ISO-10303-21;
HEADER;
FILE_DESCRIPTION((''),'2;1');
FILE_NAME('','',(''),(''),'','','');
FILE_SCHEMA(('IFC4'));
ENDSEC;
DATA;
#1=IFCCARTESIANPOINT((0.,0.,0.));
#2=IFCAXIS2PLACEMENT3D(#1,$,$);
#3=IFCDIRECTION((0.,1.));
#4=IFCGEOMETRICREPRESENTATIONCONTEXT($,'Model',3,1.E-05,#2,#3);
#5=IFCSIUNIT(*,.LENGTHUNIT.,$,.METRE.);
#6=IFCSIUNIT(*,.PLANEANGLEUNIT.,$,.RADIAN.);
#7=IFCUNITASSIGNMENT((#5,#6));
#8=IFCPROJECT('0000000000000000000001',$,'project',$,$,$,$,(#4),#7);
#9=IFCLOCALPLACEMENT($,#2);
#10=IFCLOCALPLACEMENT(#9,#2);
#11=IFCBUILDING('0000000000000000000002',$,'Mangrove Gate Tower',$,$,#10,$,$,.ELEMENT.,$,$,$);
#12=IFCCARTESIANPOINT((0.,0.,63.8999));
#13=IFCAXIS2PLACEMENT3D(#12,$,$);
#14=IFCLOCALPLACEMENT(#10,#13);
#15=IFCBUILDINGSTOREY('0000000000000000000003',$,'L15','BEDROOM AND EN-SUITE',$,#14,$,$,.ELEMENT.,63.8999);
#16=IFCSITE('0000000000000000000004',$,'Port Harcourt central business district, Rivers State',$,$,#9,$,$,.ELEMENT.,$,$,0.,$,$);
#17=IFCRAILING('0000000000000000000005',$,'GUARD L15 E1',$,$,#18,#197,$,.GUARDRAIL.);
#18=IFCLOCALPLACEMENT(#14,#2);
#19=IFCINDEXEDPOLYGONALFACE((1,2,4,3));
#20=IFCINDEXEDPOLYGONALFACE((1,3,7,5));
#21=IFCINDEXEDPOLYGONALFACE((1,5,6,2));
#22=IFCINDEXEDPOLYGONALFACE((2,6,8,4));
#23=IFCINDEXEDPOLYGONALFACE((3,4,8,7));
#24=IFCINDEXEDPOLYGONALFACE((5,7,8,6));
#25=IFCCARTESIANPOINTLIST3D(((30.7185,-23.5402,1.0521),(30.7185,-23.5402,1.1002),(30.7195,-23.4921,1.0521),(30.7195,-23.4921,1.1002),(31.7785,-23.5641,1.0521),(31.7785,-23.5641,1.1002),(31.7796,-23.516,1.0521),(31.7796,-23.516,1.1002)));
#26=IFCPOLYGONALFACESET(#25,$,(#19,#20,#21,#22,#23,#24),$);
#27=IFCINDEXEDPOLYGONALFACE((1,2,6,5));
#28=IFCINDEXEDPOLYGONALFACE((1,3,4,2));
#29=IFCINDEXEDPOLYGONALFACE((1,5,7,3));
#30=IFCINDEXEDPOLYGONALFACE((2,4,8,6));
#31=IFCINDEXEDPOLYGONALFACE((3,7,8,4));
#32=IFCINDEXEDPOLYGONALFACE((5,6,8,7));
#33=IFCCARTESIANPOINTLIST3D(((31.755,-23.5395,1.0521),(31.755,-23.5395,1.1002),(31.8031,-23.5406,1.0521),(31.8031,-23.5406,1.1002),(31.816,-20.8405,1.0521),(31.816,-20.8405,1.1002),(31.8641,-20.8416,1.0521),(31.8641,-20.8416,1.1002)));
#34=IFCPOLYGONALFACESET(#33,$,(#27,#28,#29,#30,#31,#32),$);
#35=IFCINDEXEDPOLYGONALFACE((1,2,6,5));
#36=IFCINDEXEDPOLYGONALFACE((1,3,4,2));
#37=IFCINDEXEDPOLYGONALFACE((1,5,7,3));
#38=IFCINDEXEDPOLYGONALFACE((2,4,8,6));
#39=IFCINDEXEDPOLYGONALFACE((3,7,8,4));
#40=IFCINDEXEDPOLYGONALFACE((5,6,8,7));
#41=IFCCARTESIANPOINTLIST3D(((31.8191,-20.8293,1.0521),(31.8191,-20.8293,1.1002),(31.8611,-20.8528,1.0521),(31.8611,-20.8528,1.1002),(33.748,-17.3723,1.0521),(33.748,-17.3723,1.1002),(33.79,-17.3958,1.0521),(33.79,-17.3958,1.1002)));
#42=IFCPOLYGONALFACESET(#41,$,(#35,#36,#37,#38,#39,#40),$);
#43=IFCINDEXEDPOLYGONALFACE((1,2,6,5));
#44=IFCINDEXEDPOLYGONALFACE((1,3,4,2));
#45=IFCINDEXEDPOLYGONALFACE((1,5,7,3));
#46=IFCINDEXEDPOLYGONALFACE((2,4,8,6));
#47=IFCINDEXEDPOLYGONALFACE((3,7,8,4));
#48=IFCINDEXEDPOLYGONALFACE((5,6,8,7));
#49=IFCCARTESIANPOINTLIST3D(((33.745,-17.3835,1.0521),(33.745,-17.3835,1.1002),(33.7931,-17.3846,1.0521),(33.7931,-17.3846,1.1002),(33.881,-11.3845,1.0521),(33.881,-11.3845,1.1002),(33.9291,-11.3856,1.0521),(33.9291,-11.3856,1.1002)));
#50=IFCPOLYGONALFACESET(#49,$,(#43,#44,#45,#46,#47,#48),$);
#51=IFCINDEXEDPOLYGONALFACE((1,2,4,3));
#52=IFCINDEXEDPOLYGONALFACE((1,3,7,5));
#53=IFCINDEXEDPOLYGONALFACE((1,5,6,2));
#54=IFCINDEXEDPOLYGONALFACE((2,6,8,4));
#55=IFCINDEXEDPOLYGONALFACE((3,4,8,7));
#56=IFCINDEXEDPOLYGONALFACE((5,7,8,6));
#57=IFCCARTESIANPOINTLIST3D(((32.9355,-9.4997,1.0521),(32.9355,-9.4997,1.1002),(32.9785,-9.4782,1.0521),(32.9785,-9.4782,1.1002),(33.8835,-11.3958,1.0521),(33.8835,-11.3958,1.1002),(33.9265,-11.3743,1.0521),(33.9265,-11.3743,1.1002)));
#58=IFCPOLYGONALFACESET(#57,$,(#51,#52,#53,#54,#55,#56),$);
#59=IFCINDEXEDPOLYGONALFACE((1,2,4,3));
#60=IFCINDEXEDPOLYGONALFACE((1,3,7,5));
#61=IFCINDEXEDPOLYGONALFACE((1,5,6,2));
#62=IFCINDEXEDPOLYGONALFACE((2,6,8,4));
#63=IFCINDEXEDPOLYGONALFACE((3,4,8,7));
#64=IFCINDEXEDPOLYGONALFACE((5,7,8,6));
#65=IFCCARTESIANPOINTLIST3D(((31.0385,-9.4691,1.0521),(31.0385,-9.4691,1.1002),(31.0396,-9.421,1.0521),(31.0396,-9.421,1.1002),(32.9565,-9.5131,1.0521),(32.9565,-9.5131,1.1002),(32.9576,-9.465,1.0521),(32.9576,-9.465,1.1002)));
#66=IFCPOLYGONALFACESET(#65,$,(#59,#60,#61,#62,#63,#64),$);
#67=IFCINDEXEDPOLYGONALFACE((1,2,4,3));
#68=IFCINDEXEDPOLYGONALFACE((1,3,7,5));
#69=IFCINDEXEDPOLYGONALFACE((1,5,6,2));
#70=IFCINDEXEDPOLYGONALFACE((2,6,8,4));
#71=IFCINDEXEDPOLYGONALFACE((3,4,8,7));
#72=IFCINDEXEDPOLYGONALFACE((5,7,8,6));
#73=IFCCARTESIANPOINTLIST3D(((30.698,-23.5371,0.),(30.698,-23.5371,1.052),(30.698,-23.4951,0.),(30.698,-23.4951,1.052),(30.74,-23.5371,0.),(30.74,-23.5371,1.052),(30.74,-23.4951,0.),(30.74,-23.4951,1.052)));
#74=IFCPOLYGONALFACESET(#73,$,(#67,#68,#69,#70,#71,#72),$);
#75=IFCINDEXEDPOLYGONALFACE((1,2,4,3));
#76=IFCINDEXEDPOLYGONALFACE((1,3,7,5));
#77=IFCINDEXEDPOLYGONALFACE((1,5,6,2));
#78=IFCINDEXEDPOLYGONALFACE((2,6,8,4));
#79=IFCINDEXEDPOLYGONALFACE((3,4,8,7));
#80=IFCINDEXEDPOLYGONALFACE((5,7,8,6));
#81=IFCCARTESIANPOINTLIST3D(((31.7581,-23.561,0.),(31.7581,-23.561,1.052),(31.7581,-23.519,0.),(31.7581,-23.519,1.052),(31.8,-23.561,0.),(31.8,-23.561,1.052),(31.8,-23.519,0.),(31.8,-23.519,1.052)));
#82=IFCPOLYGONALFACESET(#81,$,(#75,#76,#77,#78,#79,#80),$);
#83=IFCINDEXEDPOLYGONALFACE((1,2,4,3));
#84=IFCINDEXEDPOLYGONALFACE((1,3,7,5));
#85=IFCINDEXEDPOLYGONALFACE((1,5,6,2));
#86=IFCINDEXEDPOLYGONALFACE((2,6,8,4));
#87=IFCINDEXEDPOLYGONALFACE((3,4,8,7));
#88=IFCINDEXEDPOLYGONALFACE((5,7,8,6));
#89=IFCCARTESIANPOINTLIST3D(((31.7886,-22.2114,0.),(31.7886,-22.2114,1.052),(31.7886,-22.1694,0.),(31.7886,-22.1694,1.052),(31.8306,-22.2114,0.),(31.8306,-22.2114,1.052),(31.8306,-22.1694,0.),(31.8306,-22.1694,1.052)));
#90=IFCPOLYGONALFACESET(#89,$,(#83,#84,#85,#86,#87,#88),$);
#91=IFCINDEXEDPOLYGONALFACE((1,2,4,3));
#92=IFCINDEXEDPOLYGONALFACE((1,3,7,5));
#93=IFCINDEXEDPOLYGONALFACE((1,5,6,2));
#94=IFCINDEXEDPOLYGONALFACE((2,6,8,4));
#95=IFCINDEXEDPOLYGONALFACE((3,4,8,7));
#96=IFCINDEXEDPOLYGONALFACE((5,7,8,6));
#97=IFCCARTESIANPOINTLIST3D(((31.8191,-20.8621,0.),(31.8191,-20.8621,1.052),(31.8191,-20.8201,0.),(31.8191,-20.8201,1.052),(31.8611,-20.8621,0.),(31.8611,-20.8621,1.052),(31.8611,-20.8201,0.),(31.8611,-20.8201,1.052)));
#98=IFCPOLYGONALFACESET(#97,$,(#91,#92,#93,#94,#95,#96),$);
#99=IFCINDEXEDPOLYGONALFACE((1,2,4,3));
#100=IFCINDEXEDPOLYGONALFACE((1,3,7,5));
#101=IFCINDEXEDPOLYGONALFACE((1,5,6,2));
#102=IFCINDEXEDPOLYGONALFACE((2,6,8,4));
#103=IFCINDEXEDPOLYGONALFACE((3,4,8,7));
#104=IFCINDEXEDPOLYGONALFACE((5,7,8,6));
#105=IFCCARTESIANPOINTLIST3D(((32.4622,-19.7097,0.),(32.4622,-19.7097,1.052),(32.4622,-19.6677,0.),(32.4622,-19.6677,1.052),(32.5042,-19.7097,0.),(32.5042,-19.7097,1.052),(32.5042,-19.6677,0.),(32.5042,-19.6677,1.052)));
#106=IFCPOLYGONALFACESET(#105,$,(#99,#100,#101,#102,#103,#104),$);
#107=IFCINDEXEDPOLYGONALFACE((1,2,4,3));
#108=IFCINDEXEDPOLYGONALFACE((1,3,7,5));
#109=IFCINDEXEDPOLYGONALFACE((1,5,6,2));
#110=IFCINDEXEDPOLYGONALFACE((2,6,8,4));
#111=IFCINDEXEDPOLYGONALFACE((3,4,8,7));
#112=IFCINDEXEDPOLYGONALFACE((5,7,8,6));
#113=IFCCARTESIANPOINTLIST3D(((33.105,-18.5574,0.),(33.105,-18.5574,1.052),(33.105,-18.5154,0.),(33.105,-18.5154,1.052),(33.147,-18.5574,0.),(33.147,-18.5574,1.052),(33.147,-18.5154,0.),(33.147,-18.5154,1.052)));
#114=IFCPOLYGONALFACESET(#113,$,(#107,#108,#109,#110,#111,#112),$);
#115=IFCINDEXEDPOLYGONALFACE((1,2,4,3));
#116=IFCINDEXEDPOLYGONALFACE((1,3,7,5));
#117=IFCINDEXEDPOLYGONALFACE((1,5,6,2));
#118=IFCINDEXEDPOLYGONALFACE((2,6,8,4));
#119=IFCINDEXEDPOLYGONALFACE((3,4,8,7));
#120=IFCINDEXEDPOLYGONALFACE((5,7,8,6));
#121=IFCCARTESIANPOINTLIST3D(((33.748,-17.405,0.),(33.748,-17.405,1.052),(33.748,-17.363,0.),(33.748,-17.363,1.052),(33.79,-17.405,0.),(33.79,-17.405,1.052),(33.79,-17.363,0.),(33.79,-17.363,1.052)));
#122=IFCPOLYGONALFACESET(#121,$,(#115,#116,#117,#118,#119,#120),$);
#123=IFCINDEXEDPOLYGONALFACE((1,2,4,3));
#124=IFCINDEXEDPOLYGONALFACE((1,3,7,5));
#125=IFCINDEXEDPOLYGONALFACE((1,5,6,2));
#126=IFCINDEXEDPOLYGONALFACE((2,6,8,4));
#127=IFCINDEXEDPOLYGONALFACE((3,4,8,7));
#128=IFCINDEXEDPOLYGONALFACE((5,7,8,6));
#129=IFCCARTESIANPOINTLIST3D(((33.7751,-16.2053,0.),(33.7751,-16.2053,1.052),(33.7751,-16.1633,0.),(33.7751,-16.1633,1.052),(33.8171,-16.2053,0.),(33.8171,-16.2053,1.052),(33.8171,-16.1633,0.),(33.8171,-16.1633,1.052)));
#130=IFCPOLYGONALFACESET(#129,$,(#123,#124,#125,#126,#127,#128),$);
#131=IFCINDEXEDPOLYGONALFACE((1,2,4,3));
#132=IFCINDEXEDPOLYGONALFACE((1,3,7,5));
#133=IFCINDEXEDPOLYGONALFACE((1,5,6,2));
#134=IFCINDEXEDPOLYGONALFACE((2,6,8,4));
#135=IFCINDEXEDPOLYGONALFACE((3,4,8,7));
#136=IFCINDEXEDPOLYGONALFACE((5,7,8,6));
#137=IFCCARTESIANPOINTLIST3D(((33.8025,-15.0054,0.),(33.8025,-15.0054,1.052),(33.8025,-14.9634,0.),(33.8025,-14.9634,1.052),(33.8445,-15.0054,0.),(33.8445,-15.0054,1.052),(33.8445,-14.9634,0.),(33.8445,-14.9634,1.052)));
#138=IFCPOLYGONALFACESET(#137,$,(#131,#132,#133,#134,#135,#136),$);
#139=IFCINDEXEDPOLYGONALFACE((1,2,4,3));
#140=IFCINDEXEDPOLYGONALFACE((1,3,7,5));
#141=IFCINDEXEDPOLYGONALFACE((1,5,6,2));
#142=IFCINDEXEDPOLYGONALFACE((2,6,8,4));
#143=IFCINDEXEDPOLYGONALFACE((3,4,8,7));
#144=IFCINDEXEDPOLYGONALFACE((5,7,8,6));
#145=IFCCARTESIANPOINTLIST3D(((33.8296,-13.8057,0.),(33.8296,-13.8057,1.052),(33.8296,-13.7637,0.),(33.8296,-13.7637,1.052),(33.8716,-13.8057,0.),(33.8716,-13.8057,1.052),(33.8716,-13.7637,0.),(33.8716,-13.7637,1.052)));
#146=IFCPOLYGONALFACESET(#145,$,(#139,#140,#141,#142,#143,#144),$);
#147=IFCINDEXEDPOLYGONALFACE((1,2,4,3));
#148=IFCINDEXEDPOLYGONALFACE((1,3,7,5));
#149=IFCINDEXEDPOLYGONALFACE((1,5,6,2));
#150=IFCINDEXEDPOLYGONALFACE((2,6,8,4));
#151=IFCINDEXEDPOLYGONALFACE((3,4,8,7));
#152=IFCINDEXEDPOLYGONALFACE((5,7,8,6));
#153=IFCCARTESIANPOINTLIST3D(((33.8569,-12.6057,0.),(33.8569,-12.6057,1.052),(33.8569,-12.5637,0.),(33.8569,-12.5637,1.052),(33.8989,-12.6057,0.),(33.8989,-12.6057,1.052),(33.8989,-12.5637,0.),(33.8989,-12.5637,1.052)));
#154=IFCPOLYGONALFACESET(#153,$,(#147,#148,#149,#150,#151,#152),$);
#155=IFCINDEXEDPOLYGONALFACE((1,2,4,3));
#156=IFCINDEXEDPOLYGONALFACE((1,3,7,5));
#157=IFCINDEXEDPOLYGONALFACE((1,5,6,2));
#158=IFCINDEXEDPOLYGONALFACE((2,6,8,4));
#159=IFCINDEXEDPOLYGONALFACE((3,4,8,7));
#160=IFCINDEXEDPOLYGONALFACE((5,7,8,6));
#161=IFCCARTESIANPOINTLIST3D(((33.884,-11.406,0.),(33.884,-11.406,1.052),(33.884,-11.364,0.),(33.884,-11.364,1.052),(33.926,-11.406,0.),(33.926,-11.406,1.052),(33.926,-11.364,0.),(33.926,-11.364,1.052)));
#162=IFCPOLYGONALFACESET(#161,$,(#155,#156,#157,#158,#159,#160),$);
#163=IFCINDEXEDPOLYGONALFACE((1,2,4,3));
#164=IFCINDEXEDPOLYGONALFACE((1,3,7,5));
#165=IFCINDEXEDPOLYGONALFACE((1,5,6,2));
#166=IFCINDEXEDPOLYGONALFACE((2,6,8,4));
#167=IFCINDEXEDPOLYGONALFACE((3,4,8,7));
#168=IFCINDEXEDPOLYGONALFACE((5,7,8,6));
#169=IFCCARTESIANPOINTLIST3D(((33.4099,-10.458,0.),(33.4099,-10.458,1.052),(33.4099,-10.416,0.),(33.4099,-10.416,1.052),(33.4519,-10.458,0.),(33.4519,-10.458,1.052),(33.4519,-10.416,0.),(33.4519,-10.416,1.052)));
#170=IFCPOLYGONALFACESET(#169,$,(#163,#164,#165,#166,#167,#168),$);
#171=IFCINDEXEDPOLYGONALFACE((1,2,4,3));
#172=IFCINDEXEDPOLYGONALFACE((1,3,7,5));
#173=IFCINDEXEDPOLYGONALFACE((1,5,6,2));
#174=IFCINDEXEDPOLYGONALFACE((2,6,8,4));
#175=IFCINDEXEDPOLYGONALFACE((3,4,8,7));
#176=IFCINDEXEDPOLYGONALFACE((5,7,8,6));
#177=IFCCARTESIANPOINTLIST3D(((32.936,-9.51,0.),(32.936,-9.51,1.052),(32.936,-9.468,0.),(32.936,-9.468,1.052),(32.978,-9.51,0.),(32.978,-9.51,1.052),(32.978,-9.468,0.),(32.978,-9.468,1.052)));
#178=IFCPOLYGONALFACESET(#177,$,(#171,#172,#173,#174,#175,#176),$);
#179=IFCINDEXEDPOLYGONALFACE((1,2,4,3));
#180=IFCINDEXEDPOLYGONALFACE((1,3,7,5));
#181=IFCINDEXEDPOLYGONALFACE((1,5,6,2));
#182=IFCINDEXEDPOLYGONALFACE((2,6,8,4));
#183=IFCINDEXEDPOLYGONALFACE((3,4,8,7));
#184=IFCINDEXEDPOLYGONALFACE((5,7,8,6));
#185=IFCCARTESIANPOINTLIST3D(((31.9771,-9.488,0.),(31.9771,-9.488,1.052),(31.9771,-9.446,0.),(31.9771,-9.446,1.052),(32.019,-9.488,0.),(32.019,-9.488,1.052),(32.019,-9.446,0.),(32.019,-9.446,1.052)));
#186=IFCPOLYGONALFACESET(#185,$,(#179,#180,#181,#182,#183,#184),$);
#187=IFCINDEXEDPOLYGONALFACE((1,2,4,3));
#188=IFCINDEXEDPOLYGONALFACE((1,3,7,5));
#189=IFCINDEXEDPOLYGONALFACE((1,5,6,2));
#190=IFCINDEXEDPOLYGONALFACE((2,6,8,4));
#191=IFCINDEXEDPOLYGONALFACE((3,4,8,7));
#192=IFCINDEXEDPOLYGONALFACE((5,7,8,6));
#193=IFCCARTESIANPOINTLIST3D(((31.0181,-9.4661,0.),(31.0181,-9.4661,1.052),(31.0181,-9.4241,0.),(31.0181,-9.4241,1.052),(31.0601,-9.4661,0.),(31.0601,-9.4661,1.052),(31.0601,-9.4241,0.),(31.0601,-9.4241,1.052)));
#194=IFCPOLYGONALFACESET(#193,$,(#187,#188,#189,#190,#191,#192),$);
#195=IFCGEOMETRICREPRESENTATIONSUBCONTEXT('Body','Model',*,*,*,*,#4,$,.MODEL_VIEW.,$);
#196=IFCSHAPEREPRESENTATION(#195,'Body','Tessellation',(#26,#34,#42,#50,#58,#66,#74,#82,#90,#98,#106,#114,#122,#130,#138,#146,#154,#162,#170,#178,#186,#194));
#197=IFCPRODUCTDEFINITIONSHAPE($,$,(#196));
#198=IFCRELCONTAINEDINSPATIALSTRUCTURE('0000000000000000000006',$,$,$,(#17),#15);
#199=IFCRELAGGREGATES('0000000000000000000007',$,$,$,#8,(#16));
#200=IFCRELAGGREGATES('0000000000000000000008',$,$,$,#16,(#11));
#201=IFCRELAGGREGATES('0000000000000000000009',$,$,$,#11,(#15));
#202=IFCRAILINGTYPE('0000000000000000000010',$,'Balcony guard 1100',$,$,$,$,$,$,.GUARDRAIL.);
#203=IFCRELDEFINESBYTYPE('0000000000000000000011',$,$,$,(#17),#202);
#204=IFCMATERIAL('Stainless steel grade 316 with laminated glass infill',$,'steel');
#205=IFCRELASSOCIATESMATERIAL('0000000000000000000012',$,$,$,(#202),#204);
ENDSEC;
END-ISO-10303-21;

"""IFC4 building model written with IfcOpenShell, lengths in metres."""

from ifc_helpers import new_model, si_unit, direction, frame, origin, origin_2d, place, context, subcontext, project, spatial, rectangle, extrude, material, type_object, element, save


model = new_model("IFC4")

# Units and contexts
model_context = context("Model", 3, precision=1e-05, world=origin(), true_north=direction((0.0, 1.0)))
body_context = subcontext(model_context, "Body", "Model", "MODEL_VIEW")
ifc_project = project(units=[si_unit("LENGTHUNIT", "METRE"), si_unit("PLANEANGLEUNIT", "RADIAN")], contexts=[model_context])

# Site, building, storey
site_placement = place(None, origin())
site = spatial("IfcSite", under=ifc_project, at=site_placement, Name="Port Harcourt central business district, Rivers State", CompositionType="ELEMENT", RefElevation=0.0)
building_placement = place(site_placement, origin())
building = spatial("IfcBuilding", under=site, at=building_placement, Name="Mangrove Gate Tower", CompositionType="ELEMENT")
storey_placement = place(building_placement, frame((0.0, 0.0, 63.8999)))
storey = spatial("IfcBuildingStorey", under=building, at=storey_placement, Name="L15", Description="BEDROOM AND EN-SUITE", CompositionType="ELEMENT", Elevation=63.8999)

# Railing
ifc_material_1 = material(Name="Stainless steel grade 316 with laminated glass infill", Category="steel")
railing_type = type_object("IfcRailingType", Name="Balcony guard 1100", PredefinedType="GUARDRAIL", material=ifc_material_1)
railing_placement = place(storey_placement, frame((30.719, -23.5161, 0.0)))
element("IfcRailing", 1, at=railing_placement, inside=storey, type_object=railing_type, Name="GUARD L15 E1", PredefinedType="GUARDRAIL", context=body_context, shape_type="SweptSolid", body=[
    extrude(rectangle(XDim=0.0481, YDim=0.0481, at=origin_2d()), frame((0.0, 0.0, 1.0762), z_axis=(0.999745, -0.022564, 0.0), x_axis=(0.022564, 0.999745, 0.0)), (0.0, 0.0, 1.0), 1.0603),
    extrude(rectangle(XDim=0.0481, YDim=0.0481, at=origin_2d()), frame((1.0601, -0.0239, 1.0762), z_axis=(0.022608, 0.999744, 0.0), x_axis=(-0.999744, 0.022608, 0.0)), (0.0, 0.0, 1.0), 2.6997),
    extrude(rectangle(XDim=0.0481, YDim=0.0481, at=origin_2d()), frame((1.1211, 2.675, 1.0762), z_axis=(0.48726, 0.873257, 0.0), x_axis=(-0.873257, 0.48726, 0.0)), (0.0, 0.0, 1.0), 3.9587),
    extrude(rectangle(XDim=0.0481, YDim=0.0481, at=origin_2d()), frame((3.05, 6.1321, 1.0762), z_axis=(0.022662, 0.999743, 0.0), x_axis=(-0.999743, 0.022662, 0.0)), (0.0, 0.0, 1.0), 6.0005),
    extrude(rectangle(XDim=0.0481, YDim=0.0481, at=origin_2d()), frame((3.186, 12.1311, 1.0762), z_axis=(-0.447214, 0.894427, 0.0), x_axis=(-0.894427, -0.447214, 0.0)), (0.0, 0.0, 1.0), 2.1199),
    extrude(rectangle(XDim=0.0481, YDim=0.0481, at=origin_2d()), frame((2.238, 14.0271, 1.0762), z_axis=(-0.999738, 0.022906, 0.0), x_axis=(-0.022906, -0.999738, 0.0)), (0.0, 0.0, 1.0), 1.9185),
    extrude(rectangle(XDim=0.042, YDim=0.042, at=origin_2d()), origin(), (0.0, 0.0, 1.0), 1.052),
    extrude(rectangle(XDim=0.042, YDim=0.042, at=origin_2d()), frame((1.0601, -0.0239, 0.0)), (0.0, 0.0, 1.0), 1.052),
    extrude(rectangle(XDim=0.042, YDim=0.042, at=origin_2d()), frame((1.0906, 1.3257, 0.0)), (0.0, 0.0, 1.0), 1.052),
    extrude(rectangle(XDim=0.042, YDim=0.042, at=origin_2d()), frame((1.1211, 2.675, 0.0)), (0.0, 0.0, 1.0), 1.052),
    extrude(rectangle(XDim=0.042, YDim=0.042, at=origin_2d()), frame((1.7642, 3.8274, 0.0)), (0.0, 0.0, 1.0), 1.052),
    extrude(rectangle(XDim=0.042, YDim=0.042, at=origin_2d()), frame((2.407, 4.9797, 0.0)), (0.0, 0.0, 1.0), 1.052),
    extrude(rectangle(XDim=0.042, YDim=0.042, at=origin_2d()), frame((3.05, 6.1321, 0.0)), (0.0, 0.0, 1.0), 1.052),
    extrude(rectangle(XDim=0.042, YDim=0.042, at=origin_2d()), frame((3.0771, 7.3318, 0.0)), (0.0, 0.0, 1.0), 1.052),
    extrude(rectangle(XDim=0.042, YDim=0.042, at=origin_2d()), frame((3.1045, 8.5317, 0.0)), (0.0, 0.0, 1.0), 1.052),
    extrude(rectangle(XDim=0.042, YDim=0.042, at=origin_2d()), frame((3.1316, 9.7314, 0.0)), (0.0, 0.0, 1.0), 1.052),
    extrude(rectangle(XDim=0.042, YDim=0.042, at=origin_2d()), frame((3.1589, 10.9314, 0.0)), (0.0, 0.0, 1.0), 1.052),
    extrude(rectangle(XDim=0.042, YDim=0.042, at=origin_2d()), frame((3.186, 12.1311, 0.0)), (0.0, 0.0, 1.0), 1.052),
    extrude(rectangle(XDim=0.042, YDim=0.042, at=origin_2d()), frame((2.7119, 13.0791, 0.0)), (0.0, 0.0, 1.0), 1.052),
    extrude(rectangle(XDim=0.042, YDim=0.042, at=origin_2d()), frame((2.238, 14.0271, 0.0)), (0.0, 0.0, 1.0), 1.052),
    extrude(rectangle(XDim=0.042, YDim=0.042, at=origin_2d()), frame((1.2791, 14.0491, 0.0)), (0.0, 0.0, 1.0), 1.052),
    extrude(rectangle(XDim=0.042, YDim=0.042, at=origin_2d()), frame((0.3201, 14.071, 0.0)), (0.0, 0.0, 1.0), 1.052),
])

save(model, "model.ifc")
